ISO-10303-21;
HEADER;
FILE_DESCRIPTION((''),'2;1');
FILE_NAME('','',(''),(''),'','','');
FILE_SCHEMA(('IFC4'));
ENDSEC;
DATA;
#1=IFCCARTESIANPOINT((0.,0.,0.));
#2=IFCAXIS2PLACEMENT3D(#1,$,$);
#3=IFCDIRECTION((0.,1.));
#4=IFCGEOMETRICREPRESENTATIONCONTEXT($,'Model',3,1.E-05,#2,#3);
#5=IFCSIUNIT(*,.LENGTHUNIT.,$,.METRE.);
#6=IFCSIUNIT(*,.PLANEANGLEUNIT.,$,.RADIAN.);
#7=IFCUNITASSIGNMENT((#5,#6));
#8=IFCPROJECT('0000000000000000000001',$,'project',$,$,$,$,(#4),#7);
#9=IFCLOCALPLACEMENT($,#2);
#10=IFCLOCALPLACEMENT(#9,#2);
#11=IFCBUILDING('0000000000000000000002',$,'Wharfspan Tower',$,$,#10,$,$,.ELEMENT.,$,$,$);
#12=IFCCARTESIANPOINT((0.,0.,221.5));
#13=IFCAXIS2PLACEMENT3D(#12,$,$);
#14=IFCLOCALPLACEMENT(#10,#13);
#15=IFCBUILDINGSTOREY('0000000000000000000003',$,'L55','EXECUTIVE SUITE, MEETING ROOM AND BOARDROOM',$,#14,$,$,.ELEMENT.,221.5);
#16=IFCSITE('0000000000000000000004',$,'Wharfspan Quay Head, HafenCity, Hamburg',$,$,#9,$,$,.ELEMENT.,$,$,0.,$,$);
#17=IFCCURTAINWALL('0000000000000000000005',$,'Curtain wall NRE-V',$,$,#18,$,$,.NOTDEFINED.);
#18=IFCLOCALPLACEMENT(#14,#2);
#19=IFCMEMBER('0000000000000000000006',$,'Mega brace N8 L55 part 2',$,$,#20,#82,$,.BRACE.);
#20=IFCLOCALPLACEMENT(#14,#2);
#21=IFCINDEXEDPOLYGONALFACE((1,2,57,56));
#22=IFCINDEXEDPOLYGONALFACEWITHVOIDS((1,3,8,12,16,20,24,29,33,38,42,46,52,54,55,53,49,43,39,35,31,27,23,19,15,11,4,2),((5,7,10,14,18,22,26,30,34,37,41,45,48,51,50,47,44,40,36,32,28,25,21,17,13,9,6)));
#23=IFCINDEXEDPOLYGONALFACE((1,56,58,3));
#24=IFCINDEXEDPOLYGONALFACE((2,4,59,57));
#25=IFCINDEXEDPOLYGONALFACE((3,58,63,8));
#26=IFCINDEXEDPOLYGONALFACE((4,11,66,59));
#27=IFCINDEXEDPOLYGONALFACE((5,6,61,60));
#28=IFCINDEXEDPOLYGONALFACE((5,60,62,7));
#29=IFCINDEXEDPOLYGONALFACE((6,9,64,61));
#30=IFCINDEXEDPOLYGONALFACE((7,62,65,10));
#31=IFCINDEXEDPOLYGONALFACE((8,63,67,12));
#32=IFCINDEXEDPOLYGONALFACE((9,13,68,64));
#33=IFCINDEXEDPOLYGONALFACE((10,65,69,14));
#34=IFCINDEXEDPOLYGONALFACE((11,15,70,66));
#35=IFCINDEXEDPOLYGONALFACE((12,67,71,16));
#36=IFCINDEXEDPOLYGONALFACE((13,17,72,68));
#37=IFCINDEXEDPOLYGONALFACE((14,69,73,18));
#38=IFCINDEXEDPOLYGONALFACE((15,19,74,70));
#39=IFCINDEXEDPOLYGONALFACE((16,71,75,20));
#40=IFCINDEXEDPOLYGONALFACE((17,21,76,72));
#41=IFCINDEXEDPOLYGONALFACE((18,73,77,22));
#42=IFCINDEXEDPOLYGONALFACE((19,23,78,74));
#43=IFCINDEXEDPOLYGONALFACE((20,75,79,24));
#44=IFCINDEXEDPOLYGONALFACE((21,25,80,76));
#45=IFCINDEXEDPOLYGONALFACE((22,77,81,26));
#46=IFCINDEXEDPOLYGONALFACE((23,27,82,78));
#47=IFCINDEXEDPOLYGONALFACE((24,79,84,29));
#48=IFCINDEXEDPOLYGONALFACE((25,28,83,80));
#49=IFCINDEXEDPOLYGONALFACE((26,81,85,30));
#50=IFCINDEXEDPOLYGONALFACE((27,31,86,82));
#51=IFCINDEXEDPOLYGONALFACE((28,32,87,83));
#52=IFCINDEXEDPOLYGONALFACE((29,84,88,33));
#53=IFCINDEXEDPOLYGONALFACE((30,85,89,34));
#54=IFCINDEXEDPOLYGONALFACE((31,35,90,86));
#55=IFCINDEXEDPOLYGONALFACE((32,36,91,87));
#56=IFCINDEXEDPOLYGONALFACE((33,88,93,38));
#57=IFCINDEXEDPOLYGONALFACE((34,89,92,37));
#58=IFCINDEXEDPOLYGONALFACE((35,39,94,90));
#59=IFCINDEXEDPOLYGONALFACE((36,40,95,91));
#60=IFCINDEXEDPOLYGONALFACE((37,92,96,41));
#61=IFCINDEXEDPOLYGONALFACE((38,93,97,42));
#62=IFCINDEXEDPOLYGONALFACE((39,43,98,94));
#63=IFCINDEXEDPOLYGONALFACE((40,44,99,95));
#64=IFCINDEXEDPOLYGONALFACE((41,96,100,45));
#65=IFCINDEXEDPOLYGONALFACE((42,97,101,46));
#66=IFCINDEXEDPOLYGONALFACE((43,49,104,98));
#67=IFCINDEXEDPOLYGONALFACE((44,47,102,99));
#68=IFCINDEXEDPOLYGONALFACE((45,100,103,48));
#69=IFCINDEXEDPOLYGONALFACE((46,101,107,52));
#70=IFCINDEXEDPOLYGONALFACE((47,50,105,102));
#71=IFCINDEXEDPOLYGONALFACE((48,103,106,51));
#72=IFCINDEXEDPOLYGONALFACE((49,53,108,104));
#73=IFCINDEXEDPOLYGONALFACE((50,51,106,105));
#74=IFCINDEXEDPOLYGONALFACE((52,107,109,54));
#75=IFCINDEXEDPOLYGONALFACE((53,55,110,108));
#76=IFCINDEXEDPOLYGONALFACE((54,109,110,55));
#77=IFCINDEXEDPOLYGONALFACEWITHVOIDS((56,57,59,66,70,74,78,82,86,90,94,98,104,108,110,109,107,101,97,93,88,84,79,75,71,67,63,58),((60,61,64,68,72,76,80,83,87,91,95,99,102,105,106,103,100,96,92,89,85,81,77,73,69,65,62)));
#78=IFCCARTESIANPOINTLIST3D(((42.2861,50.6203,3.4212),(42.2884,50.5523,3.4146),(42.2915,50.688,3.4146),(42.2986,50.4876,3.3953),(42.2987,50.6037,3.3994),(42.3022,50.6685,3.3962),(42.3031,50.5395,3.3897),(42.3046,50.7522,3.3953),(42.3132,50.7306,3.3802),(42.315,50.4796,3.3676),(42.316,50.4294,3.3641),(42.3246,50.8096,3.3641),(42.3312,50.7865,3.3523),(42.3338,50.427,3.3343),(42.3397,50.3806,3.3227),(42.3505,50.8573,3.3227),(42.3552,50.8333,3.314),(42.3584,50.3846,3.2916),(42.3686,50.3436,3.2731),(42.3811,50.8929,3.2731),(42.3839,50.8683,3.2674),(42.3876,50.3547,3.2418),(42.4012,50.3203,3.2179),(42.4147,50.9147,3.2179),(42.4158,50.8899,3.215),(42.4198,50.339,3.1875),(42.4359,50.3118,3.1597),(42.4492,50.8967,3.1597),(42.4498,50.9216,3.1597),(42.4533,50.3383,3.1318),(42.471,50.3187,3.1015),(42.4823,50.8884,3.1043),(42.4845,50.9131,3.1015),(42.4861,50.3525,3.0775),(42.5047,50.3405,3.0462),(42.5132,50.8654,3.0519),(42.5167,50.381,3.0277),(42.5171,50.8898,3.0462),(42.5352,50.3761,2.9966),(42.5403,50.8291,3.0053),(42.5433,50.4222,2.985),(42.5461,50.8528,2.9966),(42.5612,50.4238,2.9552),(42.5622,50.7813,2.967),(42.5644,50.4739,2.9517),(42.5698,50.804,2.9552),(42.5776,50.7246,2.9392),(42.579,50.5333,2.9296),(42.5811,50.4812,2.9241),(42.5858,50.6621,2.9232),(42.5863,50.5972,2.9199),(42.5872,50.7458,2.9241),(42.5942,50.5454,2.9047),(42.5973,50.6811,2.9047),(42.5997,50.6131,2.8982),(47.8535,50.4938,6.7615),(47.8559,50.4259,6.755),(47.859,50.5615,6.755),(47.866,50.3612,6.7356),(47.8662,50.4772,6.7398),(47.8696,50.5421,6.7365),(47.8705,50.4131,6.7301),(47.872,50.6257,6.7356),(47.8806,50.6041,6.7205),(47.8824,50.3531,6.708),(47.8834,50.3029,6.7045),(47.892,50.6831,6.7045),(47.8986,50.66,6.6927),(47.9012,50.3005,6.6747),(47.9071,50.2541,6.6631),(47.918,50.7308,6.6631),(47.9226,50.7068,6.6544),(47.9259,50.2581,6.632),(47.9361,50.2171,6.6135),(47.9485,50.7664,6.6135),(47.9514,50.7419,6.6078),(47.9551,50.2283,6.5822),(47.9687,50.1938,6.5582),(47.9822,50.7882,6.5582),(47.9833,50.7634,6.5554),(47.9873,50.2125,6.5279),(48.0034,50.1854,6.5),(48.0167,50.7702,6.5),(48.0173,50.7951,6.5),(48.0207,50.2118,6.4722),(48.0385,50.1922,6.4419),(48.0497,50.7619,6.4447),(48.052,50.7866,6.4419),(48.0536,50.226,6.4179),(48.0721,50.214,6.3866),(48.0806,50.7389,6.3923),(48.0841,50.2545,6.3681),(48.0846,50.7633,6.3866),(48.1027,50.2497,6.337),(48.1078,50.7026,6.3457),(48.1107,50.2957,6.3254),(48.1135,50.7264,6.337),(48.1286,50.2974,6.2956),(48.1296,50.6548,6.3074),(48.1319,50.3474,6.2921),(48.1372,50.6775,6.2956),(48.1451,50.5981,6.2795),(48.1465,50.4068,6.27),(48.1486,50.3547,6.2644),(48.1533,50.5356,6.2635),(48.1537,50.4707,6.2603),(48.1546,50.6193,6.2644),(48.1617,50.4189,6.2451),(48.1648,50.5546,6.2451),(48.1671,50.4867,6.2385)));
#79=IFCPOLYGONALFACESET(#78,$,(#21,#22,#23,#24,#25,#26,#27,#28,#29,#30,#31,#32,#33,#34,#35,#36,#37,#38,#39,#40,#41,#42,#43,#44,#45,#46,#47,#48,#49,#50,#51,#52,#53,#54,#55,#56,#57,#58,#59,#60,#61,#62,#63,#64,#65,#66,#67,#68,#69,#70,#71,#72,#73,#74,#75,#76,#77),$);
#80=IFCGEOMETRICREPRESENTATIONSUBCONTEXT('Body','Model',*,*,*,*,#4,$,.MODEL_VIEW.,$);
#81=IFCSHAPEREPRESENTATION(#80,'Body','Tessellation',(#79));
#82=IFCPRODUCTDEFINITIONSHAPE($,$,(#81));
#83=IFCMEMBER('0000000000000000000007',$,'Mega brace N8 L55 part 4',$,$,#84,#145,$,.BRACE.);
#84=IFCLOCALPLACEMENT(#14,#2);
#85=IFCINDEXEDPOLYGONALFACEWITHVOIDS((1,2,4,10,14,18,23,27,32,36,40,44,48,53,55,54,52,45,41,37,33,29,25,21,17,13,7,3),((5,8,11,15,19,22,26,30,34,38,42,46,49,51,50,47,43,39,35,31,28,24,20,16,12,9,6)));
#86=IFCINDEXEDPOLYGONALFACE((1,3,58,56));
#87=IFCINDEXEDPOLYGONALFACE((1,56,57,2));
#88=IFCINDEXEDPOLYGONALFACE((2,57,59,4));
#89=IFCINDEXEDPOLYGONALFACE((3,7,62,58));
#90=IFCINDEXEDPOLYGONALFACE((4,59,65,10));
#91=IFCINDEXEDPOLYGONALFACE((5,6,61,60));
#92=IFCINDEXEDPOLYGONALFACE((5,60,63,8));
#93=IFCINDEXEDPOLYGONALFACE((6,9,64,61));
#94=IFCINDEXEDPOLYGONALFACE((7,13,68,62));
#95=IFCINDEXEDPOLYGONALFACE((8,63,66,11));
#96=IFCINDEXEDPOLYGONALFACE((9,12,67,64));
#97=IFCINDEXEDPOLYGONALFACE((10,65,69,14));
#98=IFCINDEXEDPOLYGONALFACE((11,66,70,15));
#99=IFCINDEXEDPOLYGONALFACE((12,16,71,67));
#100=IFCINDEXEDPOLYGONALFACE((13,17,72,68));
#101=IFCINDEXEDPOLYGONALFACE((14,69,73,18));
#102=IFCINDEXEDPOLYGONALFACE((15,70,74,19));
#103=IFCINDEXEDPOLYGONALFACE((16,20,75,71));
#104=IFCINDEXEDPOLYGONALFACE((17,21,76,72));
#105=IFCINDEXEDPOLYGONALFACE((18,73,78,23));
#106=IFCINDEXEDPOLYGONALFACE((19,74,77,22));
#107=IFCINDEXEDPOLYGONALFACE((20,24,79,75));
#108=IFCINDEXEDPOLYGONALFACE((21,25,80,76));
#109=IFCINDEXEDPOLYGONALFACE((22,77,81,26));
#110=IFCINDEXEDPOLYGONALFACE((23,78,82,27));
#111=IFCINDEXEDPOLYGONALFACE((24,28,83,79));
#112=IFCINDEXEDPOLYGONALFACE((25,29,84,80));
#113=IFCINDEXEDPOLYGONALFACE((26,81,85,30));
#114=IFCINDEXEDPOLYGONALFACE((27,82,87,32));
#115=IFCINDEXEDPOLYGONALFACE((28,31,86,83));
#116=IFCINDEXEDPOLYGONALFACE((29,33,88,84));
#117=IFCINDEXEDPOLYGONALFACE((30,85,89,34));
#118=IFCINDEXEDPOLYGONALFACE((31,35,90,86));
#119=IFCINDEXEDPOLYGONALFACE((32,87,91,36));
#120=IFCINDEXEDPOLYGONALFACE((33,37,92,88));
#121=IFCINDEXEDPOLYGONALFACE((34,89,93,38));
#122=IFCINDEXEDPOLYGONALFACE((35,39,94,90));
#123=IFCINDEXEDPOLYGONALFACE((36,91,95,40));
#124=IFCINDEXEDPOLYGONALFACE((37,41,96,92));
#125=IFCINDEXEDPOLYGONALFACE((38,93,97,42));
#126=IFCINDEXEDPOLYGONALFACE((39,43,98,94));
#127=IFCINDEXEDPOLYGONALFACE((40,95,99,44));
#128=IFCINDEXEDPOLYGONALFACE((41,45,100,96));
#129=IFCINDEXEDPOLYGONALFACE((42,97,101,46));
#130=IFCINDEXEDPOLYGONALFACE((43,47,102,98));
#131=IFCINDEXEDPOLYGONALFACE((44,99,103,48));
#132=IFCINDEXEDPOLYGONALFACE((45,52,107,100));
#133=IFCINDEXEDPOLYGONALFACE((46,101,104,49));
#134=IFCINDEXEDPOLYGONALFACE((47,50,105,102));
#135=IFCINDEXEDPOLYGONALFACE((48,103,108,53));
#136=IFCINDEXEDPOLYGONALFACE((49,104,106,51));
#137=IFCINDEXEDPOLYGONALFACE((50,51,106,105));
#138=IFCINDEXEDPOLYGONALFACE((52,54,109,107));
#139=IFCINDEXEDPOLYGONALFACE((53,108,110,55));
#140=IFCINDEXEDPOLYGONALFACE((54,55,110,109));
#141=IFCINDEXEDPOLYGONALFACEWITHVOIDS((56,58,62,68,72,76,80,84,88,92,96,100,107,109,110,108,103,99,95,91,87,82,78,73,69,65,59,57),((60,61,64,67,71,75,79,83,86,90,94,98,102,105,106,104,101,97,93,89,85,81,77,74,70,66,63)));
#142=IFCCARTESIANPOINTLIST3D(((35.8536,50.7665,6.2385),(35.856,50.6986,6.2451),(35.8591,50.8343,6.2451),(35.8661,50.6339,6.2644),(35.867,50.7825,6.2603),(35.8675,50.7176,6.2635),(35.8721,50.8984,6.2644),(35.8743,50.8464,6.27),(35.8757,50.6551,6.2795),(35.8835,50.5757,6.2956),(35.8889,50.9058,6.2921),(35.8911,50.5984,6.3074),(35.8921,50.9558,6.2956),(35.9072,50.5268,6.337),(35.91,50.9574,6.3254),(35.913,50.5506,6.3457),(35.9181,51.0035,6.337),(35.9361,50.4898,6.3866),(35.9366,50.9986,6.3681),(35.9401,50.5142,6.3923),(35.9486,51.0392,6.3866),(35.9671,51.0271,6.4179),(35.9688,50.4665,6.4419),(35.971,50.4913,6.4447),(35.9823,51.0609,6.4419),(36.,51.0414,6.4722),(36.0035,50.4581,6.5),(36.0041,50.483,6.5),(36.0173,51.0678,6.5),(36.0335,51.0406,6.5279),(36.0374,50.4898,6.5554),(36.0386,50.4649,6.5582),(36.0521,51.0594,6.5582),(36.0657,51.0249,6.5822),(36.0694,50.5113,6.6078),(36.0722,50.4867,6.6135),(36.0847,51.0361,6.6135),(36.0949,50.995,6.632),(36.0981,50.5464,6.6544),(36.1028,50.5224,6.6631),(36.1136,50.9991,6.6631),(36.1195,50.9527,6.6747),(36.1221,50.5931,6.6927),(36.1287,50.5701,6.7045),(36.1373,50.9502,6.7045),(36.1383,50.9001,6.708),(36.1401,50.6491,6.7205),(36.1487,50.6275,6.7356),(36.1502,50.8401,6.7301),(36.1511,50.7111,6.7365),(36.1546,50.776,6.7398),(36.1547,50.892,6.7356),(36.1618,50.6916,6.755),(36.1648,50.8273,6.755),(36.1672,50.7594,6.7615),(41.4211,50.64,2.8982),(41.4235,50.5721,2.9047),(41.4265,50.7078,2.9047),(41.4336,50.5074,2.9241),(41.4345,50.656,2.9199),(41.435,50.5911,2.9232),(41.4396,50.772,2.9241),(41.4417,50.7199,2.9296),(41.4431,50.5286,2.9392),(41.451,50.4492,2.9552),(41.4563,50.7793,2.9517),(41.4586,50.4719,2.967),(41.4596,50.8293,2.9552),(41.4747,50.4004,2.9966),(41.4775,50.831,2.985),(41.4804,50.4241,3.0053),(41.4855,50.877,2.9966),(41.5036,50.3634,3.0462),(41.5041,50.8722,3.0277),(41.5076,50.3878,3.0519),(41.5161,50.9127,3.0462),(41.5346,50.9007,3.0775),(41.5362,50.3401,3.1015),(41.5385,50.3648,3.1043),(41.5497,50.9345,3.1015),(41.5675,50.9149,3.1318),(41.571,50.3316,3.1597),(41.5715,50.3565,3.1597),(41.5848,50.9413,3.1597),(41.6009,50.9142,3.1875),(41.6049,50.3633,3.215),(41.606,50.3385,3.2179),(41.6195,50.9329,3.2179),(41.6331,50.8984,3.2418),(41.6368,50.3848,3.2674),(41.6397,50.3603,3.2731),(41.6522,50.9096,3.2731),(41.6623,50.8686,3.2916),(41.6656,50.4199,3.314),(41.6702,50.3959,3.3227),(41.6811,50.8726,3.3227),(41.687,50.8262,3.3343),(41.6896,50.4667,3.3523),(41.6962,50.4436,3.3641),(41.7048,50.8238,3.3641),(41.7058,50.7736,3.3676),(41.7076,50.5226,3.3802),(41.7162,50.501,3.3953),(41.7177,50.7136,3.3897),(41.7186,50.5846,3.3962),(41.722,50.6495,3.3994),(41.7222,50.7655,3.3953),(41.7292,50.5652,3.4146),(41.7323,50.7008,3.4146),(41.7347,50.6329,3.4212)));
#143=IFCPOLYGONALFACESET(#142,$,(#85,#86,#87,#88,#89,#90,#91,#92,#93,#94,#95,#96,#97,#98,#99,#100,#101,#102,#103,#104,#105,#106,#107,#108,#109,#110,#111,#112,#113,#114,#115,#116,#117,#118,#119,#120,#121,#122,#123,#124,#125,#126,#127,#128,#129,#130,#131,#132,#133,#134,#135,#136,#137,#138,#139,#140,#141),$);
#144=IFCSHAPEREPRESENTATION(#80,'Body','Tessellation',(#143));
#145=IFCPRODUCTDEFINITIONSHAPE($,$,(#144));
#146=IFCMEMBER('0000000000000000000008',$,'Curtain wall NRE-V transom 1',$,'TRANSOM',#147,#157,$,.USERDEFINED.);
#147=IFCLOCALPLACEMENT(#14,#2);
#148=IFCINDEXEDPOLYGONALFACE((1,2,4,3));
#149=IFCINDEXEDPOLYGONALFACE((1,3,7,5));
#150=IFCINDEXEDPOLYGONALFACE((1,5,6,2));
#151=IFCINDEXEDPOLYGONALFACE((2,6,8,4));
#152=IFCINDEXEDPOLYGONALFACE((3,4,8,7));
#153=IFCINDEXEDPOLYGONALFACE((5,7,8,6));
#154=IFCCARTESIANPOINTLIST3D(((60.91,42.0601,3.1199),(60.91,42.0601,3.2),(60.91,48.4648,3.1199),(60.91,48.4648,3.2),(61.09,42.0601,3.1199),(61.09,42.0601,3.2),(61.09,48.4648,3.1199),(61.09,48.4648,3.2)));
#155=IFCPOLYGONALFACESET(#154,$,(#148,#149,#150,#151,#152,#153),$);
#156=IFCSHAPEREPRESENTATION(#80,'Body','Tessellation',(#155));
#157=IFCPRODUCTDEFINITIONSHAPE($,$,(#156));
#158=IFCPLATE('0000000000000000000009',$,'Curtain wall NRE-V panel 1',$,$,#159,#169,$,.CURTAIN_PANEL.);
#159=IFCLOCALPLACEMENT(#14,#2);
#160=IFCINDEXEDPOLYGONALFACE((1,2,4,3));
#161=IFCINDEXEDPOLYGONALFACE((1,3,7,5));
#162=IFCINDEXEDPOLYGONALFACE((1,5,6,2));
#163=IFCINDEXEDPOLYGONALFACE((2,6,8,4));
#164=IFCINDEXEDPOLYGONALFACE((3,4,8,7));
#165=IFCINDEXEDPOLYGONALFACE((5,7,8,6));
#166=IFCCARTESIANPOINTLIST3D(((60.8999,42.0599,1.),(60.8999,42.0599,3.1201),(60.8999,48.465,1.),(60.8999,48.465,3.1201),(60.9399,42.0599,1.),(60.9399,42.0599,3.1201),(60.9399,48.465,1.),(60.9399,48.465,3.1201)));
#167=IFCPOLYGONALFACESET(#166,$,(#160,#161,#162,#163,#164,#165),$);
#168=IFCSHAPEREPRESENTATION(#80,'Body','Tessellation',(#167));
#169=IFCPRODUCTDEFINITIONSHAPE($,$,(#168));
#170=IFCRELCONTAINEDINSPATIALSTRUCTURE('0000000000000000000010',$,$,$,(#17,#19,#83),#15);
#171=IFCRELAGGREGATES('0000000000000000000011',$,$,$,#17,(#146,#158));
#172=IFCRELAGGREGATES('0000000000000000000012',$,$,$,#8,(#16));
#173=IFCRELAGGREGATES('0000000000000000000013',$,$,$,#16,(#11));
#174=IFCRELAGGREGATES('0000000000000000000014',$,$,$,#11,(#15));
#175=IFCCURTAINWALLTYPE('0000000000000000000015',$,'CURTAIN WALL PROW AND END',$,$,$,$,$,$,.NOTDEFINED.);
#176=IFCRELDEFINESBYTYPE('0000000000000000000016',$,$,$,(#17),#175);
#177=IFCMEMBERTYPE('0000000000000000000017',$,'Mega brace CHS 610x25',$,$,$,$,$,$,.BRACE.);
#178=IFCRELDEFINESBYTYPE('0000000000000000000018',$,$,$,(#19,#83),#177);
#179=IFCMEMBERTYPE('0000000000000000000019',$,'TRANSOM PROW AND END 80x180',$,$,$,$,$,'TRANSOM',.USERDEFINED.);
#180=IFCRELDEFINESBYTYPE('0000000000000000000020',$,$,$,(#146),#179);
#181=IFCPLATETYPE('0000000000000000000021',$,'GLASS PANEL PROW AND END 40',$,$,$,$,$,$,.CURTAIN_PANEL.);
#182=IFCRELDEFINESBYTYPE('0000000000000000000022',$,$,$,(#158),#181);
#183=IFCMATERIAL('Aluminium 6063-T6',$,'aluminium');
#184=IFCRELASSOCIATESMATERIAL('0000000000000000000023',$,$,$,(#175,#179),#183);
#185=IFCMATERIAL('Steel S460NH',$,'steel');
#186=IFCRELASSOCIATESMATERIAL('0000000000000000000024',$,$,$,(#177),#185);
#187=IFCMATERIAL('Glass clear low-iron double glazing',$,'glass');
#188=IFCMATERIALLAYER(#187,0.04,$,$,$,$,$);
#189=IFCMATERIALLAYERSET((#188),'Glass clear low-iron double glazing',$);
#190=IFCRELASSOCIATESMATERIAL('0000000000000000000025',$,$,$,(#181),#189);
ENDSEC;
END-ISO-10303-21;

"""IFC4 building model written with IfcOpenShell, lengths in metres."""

from ifc_helpers import new_model, si_unit, direction, frame, origin, origin_2d, place, context, subcontext, project, spatial, rectangle, hollow_circle, extrude, material, layer, layer_set, material_profile, profile_set, type_object, element, aggregate, save


model = new_model("IFC4")

# Units and contexts
model_context = context("Model", 3, precision=1e-05, world=origin(), true_north=direction((0.0, 1.0)))
body_context = subcontext(model_context, "Body", "Model", "MODEL_VIEW")
ifc_project = project(units=[si_unit("LENGTHUNIT", "METRE"), si_unit("PLANEANGLEUNIT", "RADIAN")], contexts=[model_context])

# Site, building, storey
site_placement = place(None, origin())
site = spatial("IfcSite", under=ifc_project, at=site_placement, Name="Wharfspan Quay Head, HafenCity, Hamburg", CompositionType="ELEMENT", RefElevation=0.0)
building_placement = place(site_placement, origin())
building = spatial("IfcBuilding", under=site, at=building_placement, Name="Wharfspan Tower", CompositionType="ELEMENT")
storey_placement = place(building_placement, frame((0.0, 0.0, 221.5)))
storey = spatial("IfcBuildingStorey", under=building, at=storey_placement, Name="L55", Description="EXECUTIVE SUITE, MEETING ROOM AND BOARDROOM", CompositionType="ELEMENT", Elevation=221.5)

# Shared definitions
ifc_material_1 = material(Name="Aluminium 6063-T6", Category="aluminium")
curtain_wall_type = type_object("IfcCurtainWallType", Name="CURTAIN WALL PROW AND END", PredefinedType="NOTDEFINED", material=ifc_material_1)

# Curtain wall
curtain_wall_1_placement = place(storey_placement, origin())
curtain_wall_1 = element("IfcCurtainWall", 1, at=curtain_wall_1_placement, inside=storey, type_object=curtain_wall_type, Name="Curtain wall NRE-V", PredefinedType="NOTDEFINED")

# Members
ifc_material_2 = material(Name="Steel S460NH", Category="steel")
ifc_material_profile_1 = material_profile(ifc_material_2, hollow_circle(Radius=0.3049, WallThickness=0.0249, at=origin_2d()))
ifc_profile_set_1 = profile_set([ifc_material_profile_1], Name="Steel S460NH")
member_type_1 = type_object("IfcMemberType", Name="Mega brace CHS 610x25", PredefinedType="BRACE", material=ifc_profile_set_1)
for number, where, z_axis, x_axis, name in (
    (2, (42.4429, 50.6167, 3.1597), (0.857337, -0.019475, 0.514387), (0.022711, 0.999741, -0.000002), "Mega brace N8 L55 part 2"),
    (3, (41.5779, 50.6365, 3.1597), (-0.857337, 0.019475, 0.514387), (-0.022711, -0.999741, -0.000002), "Mega brace N8 L55 part 4"),
):
    element("IfcMember", number, at=place(storey_placement, frame(where, z_axis=z_axis, x_axis=x_axis)), inside=storey, type_object=member_type_1, Name=name, PredefinedType="BRACE", context=body_context, shape_type="SweptSolid", body=[
        extrude(hollow_circle(Radius=0.3049, WallThickness=0.0249, at=origin_2d()), origin(), (0.0, 0.0, 1.0), 6.4939),
    ])

# Member
ifc_material_profile_2 = material_profile(ifc_material_1, rectangle(XDim=0.1799, YDim=0.0801, at=origin_2d()))
ifc_profile_set_2 = profile_set([ifc_material_profile_2], Name="Aluminium 6063-T6")
member_type_2 = type_object("IfcMemberType", Name="TRANSOM PROW AND END 80x180", ElementType="TRANSOM", PredefinedType="USERDEFINED", material=ifc_profile_set_2)
member_1_placement = place(storey_placement, frame((61.0, 42.0601, 3.1599), z_axis=(0.0, 1.0, 0.0), x_axis=(-1.0, 0.0, 0.0)))
member_1 = element("IfcMember", 4, at=member_1_placement, type_object=member_type_2, Name="Curtain wall NRE-V transom 1", ObjectType="TRANSOM", PredefinedType="USERDEFINED", context=body_context, shape_type="SweptSolid", body=[
    extrude(rectangle(XDim=0.1799, YDim=0.0801, at=origin_2d()), origin(), (0.0, 0.0, 1.0), 6.4048),
])

# Plate
ifc_material_3 = material(Name="Glass clear low-iron double glazing", Category="glass")
ifc_layer_1 = layer(ifc_material_3, 0.04)
ifc_layer_set_1 = layer_set([ifc_layer_1], Name="Glass clear low-iron double glazing")
plate_type = type_object("IfcPlateType", Name="GLASS PANEL PROW AND END 40", PredefinedType="CURTAIN_PANEL", material=ifc_layer_set_1)
plate_placement = place(storey_placement, frame((60.9199, 45.2625, 1.0), z_axis=(0.0, 0.0, 1.0), x_axis=(0.0, 1.0, 0.0)))
plate = element("IfcPlate", 5, at=plate_placement, type_object=plate_type, Name="Curtain wall NRE-V panel 1", PredefinedType="CURTAIN_PANEL", context=body_context, shape_type="SweptSolid", body=[
    extrude(rectangle(XDim=6.405, YDim=0.04, at=origin_2d()), origin(), (0.0, 0.0, 1.0), 2.1201),
])
aggregate(curtain_wall_1, [member_1, plate])

save(model, "model.ifc")
